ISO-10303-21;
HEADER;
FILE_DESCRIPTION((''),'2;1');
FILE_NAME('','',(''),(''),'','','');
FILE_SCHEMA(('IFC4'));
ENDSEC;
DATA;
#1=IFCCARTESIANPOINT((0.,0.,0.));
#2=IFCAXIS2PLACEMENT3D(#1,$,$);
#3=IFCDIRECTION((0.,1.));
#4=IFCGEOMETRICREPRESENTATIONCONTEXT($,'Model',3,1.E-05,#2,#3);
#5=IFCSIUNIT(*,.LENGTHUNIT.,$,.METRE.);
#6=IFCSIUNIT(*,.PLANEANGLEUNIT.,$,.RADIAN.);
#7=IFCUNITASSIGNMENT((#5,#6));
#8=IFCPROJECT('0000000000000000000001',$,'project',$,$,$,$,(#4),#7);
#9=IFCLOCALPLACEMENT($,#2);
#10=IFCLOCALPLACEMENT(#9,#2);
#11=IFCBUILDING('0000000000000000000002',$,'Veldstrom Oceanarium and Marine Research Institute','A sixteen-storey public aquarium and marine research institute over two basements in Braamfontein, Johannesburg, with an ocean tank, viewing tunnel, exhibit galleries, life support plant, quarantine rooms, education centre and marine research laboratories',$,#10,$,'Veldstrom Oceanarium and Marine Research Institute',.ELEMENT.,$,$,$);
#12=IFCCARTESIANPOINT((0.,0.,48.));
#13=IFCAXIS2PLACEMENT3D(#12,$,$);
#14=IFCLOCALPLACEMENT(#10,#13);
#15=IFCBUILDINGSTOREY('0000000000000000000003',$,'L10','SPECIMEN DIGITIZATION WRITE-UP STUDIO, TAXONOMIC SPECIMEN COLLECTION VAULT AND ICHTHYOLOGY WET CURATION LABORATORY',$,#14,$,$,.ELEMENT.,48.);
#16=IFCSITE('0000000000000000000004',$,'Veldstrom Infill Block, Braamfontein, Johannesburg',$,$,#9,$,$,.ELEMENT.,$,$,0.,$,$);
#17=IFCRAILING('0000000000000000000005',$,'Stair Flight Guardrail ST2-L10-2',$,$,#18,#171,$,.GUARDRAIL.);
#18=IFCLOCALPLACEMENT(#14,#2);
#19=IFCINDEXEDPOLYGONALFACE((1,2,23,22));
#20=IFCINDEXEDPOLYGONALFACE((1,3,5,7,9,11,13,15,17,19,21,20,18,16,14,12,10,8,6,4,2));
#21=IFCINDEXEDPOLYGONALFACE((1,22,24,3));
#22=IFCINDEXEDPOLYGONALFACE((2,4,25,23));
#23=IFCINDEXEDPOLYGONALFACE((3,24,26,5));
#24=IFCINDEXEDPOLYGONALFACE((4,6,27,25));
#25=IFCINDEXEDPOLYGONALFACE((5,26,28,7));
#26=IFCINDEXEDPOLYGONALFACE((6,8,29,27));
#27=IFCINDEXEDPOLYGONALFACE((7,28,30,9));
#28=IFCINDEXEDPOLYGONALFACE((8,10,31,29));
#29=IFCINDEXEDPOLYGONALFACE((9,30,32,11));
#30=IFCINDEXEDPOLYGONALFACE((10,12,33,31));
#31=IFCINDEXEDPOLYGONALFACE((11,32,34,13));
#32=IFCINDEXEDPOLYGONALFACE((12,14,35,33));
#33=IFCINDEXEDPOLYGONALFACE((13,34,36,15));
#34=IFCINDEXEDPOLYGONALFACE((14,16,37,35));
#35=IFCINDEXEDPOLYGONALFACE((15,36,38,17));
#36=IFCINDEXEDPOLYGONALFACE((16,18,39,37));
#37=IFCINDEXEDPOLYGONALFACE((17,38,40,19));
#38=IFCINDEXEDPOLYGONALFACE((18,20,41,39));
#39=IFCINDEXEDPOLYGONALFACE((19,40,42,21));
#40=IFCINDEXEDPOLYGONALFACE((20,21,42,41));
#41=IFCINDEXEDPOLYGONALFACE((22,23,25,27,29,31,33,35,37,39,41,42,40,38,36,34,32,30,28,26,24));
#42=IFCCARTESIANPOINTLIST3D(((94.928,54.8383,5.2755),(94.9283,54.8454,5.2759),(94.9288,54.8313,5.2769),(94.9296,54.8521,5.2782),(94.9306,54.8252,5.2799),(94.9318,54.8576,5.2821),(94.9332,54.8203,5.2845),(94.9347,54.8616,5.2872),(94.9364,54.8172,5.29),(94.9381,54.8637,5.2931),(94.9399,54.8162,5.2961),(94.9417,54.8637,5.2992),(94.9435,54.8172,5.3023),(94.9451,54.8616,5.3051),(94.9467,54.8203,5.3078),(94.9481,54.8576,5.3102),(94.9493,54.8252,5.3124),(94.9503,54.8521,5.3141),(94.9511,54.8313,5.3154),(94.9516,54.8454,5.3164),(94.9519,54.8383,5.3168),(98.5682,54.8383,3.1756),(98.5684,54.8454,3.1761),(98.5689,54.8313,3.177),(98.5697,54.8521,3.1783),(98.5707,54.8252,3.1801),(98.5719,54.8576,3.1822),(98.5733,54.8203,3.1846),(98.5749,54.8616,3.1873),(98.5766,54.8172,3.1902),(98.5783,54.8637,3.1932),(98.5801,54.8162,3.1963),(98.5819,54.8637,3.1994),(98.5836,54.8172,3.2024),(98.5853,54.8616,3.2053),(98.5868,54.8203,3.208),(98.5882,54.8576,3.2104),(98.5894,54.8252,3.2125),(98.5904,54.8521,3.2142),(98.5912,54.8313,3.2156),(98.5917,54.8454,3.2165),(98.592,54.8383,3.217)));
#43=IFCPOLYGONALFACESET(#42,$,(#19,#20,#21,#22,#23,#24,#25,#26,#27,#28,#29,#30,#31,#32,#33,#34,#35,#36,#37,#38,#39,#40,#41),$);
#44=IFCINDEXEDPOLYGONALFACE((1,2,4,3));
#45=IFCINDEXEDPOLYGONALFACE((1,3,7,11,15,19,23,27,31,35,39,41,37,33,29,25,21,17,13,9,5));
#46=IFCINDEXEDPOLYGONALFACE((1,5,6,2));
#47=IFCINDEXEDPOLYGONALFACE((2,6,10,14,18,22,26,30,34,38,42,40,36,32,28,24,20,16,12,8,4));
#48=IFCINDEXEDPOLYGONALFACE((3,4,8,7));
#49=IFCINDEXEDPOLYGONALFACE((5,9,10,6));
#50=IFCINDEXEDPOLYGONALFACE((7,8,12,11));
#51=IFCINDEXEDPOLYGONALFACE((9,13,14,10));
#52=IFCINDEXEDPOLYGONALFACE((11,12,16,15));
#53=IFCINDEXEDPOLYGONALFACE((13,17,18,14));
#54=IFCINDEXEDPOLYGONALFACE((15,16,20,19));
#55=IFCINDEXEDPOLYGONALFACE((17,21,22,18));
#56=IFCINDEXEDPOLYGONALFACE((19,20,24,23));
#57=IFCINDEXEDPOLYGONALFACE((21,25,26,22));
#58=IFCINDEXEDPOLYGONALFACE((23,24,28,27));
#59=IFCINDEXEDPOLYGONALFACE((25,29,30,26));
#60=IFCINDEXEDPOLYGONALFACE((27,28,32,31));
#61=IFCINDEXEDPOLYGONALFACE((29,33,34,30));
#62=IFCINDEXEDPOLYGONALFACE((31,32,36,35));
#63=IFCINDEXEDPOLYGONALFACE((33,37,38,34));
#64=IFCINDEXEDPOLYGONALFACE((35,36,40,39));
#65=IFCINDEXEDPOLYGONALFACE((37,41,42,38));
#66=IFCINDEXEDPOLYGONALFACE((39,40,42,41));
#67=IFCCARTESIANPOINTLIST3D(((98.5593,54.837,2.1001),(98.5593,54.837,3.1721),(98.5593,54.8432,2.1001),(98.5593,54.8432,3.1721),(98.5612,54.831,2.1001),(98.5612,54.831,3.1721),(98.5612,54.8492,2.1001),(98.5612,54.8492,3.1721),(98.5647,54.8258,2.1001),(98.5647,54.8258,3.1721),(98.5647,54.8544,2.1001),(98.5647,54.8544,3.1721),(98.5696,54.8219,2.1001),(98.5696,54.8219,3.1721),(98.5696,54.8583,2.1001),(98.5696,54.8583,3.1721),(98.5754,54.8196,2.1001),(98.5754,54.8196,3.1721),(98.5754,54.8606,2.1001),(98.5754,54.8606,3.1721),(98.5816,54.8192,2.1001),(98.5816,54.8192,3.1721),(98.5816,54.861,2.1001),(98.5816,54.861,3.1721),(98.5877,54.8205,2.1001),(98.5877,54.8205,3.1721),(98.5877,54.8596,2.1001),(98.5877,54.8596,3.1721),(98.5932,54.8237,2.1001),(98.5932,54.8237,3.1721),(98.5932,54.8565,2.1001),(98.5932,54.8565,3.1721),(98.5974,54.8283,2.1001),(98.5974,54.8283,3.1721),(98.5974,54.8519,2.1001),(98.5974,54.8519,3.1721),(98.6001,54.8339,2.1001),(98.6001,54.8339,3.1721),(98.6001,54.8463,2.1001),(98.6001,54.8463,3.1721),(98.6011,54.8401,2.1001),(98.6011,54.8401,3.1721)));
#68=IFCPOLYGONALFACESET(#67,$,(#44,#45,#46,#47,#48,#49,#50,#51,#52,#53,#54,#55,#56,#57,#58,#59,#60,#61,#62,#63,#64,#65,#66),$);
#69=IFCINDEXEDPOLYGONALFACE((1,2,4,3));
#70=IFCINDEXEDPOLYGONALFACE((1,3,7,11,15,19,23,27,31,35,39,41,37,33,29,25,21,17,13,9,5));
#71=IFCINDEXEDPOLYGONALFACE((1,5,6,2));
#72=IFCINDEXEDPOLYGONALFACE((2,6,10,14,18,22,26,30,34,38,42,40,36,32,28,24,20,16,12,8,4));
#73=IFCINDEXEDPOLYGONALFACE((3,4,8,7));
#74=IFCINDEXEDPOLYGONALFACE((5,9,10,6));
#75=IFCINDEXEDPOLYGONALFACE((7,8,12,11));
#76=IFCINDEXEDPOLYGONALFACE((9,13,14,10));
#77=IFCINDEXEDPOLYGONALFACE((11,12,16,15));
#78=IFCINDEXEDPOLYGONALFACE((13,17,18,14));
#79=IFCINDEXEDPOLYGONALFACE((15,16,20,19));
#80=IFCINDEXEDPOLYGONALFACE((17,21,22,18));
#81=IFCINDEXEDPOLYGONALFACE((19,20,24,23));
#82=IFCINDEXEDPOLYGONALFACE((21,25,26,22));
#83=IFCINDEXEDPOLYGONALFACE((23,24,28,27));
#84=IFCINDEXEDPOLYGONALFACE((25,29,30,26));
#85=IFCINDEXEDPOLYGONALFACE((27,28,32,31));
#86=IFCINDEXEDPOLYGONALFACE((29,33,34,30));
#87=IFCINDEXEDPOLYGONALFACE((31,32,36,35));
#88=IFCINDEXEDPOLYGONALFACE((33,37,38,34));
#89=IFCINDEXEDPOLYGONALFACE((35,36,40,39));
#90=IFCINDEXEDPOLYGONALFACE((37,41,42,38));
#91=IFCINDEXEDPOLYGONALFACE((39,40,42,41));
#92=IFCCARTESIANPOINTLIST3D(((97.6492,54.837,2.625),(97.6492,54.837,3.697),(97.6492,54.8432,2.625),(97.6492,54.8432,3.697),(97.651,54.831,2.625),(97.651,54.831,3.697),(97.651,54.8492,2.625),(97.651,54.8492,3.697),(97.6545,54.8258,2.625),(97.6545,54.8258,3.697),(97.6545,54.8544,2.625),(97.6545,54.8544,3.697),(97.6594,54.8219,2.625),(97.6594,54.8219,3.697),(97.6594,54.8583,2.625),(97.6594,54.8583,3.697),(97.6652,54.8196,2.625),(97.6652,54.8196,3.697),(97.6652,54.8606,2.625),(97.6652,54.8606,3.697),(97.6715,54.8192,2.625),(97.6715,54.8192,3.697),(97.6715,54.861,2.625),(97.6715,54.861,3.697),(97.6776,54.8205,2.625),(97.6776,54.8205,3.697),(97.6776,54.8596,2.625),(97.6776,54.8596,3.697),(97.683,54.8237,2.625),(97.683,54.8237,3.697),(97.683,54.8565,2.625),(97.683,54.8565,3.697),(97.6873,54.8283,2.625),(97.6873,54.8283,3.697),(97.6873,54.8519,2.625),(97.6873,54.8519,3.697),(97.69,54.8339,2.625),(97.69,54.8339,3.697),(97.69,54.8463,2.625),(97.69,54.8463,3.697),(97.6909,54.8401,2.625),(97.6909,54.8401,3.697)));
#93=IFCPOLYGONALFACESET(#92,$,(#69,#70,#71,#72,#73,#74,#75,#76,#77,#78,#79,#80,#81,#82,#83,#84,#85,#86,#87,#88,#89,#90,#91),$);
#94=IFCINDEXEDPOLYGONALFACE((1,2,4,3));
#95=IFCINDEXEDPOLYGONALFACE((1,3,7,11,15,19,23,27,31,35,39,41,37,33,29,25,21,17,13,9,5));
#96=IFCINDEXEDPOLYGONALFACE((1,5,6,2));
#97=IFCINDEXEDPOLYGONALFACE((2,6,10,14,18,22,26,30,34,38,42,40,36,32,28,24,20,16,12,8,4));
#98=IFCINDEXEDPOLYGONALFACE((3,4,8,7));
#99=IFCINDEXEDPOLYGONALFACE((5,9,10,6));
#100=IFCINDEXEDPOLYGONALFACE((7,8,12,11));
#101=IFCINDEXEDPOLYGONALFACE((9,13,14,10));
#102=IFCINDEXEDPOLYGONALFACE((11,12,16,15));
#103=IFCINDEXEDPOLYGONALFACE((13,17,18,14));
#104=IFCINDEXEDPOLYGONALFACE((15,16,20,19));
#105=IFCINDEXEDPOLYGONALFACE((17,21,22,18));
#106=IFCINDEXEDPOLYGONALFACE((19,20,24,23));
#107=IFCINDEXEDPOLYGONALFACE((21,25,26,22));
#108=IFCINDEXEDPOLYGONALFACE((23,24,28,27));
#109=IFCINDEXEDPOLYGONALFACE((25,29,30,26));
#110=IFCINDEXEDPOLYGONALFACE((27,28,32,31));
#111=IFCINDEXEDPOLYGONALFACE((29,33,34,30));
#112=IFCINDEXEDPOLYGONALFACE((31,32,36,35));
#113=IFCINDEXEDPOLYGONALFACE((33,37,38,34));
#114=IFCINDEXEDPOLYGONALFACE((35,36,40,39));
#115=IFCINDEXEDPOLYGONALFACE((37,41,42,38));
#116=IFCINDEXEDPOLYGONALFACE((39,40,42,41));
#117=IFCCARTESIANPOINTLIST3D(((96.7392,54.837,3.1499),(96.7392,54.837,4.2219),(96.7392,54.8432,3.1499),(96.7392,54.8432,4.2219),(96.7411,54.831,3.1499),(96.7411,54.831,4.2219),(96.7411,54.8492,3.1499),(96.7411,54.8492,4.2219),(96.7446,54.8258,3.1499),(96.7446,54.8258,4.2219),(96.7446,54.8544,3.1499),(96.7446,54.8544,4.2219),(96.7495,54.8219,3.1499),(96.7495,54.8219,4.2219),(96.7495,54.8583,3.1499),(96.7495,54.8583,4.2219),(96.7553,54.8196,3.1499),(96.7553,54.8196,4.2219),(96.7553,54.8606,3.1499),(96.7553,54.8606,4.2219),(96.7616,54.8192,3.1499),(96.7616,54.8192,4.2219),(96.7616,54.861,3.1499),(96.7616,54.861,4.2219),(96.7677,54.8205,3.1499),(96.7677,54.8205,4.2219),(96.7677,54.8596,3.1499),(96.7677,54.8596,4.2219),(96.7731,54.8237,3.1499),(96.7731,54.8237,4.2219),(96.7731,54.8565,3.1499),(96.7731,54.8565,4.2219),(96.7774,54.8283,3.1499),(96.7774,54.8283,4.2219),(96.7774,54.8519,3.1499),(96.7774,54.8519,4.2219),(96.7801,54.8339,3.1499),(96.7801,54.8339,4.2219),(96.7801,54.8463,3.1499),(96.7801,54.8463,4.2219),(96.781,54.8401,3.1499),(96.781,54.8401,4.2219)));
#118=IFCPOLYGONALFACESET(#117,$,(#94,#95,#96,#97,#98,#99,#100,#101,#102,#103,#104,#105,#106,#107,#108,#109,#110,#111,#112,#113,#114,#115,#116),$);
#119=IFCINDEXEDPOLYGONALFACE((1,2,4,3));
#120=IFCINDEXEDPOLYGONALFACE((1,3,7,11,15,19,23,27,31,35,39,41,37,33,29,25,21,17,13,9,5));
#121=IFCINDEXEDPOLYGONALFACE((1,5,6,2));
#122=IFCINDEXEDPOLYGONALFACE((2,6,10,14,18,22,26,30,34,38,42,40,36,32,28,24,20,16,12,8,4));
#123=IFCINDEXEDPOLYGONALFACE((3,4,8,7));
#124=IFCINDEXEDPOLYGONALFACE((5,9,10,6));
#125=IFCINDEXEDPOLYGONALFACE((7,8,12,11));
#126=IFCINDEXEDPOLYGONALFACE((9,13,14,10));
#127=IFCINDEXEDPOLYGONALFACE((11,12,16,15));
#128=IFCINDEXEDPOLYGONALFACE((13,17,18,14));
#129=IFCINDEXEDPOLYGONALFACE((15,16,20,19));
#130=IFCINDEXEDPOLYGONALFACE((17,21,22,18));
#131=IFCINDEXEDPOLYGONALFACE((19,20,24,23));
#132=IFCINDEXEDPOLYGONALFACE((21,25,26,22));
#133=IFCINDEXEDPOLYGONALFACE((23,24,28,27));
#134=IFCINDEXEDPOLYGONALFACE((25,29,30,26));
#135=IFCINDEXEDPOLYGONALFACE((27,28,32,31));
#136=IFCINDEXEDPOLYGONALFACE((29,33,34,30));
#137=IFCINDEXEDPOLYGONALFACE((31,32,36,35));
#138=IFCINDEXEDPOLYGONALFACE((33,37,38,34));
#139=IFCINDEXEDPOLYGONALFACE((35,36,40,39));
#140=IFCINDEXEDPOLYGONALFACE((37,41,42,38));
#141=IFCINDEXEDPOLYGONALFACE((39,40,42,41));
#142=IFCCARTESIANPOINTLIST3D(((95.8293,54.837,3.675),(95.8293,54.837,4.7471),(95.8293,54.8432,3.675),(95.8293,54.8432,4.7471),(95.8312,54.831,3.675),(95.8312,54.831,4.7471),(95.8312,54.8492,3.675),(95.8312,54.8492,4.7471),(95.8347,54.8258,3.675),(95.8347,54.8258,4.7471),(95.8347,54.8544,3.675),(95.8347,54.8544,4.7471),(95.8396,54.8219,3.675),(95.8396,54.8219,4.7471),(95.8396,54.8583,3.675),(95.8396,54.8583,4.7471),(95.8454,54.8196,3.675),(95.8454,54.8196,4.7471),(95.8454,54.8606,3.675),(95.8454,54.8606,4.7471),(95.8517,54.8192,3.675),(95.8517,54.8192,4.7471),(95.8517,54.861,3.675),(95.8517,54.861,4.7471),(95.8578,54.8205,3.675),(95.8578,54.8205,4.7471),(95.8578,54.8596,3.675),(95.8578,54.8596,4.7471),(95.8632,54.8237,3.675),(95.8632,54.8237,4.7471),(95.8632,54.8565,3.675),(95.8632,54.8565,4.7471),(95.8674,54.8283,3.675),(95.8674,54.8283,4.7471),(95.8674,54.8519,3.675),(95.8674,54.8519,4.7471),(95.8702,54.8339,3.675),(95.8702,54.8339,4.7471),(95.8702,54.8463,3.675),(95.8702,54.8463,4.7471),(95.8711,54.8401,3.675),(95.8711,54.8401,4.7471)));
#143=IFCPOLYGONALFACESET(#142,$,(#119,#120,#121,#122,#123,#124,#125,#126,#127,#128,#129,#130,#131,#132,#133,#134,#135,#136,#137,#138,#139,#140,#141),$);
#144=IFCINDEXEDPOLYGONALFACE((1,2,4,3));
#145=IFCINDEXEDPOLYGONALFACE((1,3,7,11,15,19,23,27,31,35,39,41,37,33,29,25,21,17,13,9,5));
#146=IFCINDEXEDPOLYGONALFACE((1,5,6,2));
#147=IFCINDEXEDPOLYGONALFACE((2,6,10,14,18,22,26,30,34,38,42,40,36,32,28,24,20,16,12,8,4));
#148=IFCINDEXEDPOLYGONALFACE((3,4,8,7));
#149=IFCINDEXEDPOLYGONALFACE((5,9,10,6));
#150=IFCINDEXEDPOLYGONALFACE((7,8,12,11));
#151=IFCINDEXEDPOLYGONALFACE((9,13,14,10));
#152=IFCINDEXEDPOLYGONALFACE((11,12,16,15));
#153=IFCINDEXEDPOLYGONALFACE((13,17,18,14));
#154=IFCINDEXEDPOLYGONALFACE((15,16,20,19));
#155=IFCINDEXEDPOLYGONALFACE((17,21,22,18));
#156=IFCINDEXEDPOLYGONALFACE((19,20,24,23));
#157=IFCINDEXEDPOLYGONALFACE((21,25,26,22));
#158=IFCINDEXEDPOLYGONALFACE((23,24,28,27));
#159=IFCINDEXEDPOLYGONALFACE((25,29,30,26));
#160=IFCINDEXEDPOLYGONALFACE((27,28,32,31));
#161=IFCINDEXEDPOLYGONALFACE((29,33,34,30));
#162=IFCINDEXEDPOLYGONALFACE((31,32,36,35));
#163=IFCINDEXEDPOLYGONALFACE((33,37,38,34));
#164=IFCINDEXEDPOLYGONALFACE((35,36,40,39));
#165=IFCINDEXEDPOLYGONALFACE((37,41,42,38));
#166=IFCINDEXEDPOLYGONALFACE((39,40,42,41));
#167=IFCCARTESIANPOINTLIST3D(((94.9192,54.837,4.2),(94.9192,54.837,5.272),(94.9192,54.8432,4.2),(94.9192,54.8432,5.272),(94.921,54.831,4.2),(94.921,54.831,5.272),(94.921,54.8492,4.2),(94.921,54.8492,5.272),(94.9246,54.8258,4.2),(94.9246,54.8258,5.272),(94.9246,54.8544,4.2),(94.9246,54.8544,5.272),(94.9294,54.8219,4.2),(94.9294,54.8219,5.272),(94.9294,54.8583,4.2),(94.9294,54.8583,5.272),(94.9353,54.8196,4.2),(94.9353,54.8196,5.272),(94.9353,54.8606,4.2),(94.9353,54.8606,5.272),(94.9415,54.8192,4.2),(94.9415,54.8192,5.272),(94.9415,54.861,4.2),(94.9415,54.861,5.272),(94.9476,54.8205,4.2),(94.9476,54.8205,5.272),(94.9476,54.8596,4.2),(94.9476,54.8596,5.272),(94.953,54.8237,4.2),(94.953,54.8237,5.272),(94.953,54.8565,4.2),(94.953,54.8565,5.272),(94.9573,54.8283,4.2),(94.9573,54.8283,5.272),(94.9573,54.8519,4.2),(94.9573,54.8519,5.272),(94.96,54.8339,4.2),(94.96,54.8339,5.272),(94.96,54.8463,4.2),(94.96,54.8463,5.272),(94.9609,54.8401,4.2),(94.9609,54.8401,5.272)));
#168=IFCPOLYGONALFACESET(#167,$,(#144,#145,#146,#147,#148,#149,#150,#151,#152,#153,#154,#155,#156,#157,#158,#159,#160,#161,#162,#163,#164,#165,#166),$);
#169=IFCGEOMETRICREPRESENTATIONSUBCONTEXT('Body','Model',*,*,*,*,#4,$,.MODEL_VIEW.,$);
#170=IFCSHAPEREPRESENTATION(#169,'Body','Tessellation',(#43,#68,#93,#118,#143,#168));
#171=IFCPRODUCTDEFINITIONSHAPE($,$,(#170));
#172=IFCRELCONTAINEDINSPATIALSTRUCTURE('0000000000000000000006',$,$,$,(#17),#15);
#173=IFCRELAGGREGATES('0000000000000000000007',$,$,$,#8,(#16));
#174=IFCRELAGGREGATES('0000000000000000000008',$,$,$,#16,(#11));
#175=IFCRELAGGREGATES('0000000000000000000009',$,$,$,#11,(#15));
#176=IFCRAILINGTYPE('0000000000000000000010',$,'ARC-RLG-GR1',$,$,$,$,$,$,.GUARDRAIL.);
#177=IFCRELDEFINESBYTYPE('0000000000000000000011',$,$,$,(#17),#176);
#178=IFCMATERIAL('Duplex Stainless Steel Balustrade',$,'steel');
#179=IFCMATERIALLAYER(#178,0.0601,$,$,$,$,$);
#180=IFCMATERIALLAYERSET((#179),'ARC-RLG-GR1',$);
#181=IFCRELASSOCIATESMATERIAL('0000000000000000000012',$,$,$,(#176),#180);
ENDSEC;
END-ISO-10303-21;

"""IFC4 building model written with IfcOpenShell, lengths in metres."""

from ifc_helpers import new_model, si_unit, direction, frame, origin, origin_2d, place, context, subcontext, project, spatial, circle, extrude, material, layer, layer_set, type_object, element, save


model = new_model("IFC4")

# Units and contexts
model_context = context("Model", 3, precision=1e-05, world=origin(), true_north=direction((0.0, 1.0)))
body_context = subcontext(model_context, "Body", "Model", "MODEL_VIEW")
ifc_project = project(units=[si_unit("LENGTHUNIT", "METRE"), si_unit("PLANEANGLEUNIT", "RADIAN")], contexts=[model_context])

# Site, building, storey
site_placement = place(None, origin())
site = spatial("IfcSite", under=ifc_project, at=site_placement, Name="Veldstrom Infill Block, Braamfontein, Johannesburg", CompositionType="ELEMENT", RefElevation=0.0)
building_placement = place(site_placement, origin())
building = spatial("IfcBuilding", under=site, at=building_placement, Name="Veldstrom Oceanarium and Marine Research Institute", Description="A sixteen-storey public aquarium and marine research institute over two basements in Braamfontein, Johannesburg, with an ocean tank, viewing tunnel, exhibit galleries, life support plant, quarantine rooms, education centre and marine research laboratories", LongName="Veldstrom Oceanarium and Marine Research Institute", CompositionType="ELEMENT")
storey_placement = place(building_placement, frame((0.0, 0.0, 48.0)))
storey = spatial("IfcBuildingStorey", under=building, at=storey_placement, Name="L10", Description="SPECIMEN DIGITIZATION WRITE-UP STUDIO, TAXONOMIC SPECIMEN COLLECTION VAULT AND ICHTHYOLOGY WET CURATION LABORATORY", CompositionType="ELEMENT", Elevation=48.0)

# Railing
ifc_material_1 = material(Name="Duplex Stainless Steel Balustrade", Category="steel")
ifc_layer_1 = layer(ifc_material_1, 0.0601)
ifc_layer_set_1 = layer_set([ifc_layer_1], Name="ARC-RLG-GR1")
railing_type_1 = type_object("IfcRailingType", Name="ARC-RLG-GR1", PredefinedType="GUARDRAIL", material=ifc_layer_set_1)
railing_1_placement = place(storey_placement, frame((98.5801, 54.8401, 2.1001)))
element("IfcRailing", 1, at=railing_1_placement, inside=storey, type_object=railing_type_1, Name="Stair Flight Guardrail ST2-L10-2", PredefinedType="GUARDRAIL", context=body_context, shape_type="SweptSolid", body=[
    extrude(circle(Radius=0.0239, at=origin_2d()), frame((0.0, 0.0, 1.0962), z_axis=(-0.866209, 0.0, 0.499682), x_axis=(0.0, -1.0, 0.0)), (0.0, 0.0, 1.0), 4.2024),
    extrude(circle(Radius=0.021, at=origin_2d()), origin(), (0.0, 0.0, 1.0), 1.072),
    extrude(circle(Radius=0.021, at=origin_2d()), frame((-0.9102, 0.0, 0.5249)), (0.0, 0.0, 1.0), 1.072),
    extrude(circle(Radius=0.021, at=origin_2d()), frame((-1.8201, 0.0, 1.0498)), (0.0, 0.0, 1.0), 1.072),
    extrude(circle(Radius=0.021, at=origin_2d()), frame((-2.73, 0.0, 1.575)), (0.0, 0.0, 1.0), 1.072),
    extrude(circle(Radius=0.021, at=origin_2d()), frame((-3.6401, 0.0, 2.0999)), (0.0, 0.0, 1.0), 1.072),
])

save(model, "model.ifc")
